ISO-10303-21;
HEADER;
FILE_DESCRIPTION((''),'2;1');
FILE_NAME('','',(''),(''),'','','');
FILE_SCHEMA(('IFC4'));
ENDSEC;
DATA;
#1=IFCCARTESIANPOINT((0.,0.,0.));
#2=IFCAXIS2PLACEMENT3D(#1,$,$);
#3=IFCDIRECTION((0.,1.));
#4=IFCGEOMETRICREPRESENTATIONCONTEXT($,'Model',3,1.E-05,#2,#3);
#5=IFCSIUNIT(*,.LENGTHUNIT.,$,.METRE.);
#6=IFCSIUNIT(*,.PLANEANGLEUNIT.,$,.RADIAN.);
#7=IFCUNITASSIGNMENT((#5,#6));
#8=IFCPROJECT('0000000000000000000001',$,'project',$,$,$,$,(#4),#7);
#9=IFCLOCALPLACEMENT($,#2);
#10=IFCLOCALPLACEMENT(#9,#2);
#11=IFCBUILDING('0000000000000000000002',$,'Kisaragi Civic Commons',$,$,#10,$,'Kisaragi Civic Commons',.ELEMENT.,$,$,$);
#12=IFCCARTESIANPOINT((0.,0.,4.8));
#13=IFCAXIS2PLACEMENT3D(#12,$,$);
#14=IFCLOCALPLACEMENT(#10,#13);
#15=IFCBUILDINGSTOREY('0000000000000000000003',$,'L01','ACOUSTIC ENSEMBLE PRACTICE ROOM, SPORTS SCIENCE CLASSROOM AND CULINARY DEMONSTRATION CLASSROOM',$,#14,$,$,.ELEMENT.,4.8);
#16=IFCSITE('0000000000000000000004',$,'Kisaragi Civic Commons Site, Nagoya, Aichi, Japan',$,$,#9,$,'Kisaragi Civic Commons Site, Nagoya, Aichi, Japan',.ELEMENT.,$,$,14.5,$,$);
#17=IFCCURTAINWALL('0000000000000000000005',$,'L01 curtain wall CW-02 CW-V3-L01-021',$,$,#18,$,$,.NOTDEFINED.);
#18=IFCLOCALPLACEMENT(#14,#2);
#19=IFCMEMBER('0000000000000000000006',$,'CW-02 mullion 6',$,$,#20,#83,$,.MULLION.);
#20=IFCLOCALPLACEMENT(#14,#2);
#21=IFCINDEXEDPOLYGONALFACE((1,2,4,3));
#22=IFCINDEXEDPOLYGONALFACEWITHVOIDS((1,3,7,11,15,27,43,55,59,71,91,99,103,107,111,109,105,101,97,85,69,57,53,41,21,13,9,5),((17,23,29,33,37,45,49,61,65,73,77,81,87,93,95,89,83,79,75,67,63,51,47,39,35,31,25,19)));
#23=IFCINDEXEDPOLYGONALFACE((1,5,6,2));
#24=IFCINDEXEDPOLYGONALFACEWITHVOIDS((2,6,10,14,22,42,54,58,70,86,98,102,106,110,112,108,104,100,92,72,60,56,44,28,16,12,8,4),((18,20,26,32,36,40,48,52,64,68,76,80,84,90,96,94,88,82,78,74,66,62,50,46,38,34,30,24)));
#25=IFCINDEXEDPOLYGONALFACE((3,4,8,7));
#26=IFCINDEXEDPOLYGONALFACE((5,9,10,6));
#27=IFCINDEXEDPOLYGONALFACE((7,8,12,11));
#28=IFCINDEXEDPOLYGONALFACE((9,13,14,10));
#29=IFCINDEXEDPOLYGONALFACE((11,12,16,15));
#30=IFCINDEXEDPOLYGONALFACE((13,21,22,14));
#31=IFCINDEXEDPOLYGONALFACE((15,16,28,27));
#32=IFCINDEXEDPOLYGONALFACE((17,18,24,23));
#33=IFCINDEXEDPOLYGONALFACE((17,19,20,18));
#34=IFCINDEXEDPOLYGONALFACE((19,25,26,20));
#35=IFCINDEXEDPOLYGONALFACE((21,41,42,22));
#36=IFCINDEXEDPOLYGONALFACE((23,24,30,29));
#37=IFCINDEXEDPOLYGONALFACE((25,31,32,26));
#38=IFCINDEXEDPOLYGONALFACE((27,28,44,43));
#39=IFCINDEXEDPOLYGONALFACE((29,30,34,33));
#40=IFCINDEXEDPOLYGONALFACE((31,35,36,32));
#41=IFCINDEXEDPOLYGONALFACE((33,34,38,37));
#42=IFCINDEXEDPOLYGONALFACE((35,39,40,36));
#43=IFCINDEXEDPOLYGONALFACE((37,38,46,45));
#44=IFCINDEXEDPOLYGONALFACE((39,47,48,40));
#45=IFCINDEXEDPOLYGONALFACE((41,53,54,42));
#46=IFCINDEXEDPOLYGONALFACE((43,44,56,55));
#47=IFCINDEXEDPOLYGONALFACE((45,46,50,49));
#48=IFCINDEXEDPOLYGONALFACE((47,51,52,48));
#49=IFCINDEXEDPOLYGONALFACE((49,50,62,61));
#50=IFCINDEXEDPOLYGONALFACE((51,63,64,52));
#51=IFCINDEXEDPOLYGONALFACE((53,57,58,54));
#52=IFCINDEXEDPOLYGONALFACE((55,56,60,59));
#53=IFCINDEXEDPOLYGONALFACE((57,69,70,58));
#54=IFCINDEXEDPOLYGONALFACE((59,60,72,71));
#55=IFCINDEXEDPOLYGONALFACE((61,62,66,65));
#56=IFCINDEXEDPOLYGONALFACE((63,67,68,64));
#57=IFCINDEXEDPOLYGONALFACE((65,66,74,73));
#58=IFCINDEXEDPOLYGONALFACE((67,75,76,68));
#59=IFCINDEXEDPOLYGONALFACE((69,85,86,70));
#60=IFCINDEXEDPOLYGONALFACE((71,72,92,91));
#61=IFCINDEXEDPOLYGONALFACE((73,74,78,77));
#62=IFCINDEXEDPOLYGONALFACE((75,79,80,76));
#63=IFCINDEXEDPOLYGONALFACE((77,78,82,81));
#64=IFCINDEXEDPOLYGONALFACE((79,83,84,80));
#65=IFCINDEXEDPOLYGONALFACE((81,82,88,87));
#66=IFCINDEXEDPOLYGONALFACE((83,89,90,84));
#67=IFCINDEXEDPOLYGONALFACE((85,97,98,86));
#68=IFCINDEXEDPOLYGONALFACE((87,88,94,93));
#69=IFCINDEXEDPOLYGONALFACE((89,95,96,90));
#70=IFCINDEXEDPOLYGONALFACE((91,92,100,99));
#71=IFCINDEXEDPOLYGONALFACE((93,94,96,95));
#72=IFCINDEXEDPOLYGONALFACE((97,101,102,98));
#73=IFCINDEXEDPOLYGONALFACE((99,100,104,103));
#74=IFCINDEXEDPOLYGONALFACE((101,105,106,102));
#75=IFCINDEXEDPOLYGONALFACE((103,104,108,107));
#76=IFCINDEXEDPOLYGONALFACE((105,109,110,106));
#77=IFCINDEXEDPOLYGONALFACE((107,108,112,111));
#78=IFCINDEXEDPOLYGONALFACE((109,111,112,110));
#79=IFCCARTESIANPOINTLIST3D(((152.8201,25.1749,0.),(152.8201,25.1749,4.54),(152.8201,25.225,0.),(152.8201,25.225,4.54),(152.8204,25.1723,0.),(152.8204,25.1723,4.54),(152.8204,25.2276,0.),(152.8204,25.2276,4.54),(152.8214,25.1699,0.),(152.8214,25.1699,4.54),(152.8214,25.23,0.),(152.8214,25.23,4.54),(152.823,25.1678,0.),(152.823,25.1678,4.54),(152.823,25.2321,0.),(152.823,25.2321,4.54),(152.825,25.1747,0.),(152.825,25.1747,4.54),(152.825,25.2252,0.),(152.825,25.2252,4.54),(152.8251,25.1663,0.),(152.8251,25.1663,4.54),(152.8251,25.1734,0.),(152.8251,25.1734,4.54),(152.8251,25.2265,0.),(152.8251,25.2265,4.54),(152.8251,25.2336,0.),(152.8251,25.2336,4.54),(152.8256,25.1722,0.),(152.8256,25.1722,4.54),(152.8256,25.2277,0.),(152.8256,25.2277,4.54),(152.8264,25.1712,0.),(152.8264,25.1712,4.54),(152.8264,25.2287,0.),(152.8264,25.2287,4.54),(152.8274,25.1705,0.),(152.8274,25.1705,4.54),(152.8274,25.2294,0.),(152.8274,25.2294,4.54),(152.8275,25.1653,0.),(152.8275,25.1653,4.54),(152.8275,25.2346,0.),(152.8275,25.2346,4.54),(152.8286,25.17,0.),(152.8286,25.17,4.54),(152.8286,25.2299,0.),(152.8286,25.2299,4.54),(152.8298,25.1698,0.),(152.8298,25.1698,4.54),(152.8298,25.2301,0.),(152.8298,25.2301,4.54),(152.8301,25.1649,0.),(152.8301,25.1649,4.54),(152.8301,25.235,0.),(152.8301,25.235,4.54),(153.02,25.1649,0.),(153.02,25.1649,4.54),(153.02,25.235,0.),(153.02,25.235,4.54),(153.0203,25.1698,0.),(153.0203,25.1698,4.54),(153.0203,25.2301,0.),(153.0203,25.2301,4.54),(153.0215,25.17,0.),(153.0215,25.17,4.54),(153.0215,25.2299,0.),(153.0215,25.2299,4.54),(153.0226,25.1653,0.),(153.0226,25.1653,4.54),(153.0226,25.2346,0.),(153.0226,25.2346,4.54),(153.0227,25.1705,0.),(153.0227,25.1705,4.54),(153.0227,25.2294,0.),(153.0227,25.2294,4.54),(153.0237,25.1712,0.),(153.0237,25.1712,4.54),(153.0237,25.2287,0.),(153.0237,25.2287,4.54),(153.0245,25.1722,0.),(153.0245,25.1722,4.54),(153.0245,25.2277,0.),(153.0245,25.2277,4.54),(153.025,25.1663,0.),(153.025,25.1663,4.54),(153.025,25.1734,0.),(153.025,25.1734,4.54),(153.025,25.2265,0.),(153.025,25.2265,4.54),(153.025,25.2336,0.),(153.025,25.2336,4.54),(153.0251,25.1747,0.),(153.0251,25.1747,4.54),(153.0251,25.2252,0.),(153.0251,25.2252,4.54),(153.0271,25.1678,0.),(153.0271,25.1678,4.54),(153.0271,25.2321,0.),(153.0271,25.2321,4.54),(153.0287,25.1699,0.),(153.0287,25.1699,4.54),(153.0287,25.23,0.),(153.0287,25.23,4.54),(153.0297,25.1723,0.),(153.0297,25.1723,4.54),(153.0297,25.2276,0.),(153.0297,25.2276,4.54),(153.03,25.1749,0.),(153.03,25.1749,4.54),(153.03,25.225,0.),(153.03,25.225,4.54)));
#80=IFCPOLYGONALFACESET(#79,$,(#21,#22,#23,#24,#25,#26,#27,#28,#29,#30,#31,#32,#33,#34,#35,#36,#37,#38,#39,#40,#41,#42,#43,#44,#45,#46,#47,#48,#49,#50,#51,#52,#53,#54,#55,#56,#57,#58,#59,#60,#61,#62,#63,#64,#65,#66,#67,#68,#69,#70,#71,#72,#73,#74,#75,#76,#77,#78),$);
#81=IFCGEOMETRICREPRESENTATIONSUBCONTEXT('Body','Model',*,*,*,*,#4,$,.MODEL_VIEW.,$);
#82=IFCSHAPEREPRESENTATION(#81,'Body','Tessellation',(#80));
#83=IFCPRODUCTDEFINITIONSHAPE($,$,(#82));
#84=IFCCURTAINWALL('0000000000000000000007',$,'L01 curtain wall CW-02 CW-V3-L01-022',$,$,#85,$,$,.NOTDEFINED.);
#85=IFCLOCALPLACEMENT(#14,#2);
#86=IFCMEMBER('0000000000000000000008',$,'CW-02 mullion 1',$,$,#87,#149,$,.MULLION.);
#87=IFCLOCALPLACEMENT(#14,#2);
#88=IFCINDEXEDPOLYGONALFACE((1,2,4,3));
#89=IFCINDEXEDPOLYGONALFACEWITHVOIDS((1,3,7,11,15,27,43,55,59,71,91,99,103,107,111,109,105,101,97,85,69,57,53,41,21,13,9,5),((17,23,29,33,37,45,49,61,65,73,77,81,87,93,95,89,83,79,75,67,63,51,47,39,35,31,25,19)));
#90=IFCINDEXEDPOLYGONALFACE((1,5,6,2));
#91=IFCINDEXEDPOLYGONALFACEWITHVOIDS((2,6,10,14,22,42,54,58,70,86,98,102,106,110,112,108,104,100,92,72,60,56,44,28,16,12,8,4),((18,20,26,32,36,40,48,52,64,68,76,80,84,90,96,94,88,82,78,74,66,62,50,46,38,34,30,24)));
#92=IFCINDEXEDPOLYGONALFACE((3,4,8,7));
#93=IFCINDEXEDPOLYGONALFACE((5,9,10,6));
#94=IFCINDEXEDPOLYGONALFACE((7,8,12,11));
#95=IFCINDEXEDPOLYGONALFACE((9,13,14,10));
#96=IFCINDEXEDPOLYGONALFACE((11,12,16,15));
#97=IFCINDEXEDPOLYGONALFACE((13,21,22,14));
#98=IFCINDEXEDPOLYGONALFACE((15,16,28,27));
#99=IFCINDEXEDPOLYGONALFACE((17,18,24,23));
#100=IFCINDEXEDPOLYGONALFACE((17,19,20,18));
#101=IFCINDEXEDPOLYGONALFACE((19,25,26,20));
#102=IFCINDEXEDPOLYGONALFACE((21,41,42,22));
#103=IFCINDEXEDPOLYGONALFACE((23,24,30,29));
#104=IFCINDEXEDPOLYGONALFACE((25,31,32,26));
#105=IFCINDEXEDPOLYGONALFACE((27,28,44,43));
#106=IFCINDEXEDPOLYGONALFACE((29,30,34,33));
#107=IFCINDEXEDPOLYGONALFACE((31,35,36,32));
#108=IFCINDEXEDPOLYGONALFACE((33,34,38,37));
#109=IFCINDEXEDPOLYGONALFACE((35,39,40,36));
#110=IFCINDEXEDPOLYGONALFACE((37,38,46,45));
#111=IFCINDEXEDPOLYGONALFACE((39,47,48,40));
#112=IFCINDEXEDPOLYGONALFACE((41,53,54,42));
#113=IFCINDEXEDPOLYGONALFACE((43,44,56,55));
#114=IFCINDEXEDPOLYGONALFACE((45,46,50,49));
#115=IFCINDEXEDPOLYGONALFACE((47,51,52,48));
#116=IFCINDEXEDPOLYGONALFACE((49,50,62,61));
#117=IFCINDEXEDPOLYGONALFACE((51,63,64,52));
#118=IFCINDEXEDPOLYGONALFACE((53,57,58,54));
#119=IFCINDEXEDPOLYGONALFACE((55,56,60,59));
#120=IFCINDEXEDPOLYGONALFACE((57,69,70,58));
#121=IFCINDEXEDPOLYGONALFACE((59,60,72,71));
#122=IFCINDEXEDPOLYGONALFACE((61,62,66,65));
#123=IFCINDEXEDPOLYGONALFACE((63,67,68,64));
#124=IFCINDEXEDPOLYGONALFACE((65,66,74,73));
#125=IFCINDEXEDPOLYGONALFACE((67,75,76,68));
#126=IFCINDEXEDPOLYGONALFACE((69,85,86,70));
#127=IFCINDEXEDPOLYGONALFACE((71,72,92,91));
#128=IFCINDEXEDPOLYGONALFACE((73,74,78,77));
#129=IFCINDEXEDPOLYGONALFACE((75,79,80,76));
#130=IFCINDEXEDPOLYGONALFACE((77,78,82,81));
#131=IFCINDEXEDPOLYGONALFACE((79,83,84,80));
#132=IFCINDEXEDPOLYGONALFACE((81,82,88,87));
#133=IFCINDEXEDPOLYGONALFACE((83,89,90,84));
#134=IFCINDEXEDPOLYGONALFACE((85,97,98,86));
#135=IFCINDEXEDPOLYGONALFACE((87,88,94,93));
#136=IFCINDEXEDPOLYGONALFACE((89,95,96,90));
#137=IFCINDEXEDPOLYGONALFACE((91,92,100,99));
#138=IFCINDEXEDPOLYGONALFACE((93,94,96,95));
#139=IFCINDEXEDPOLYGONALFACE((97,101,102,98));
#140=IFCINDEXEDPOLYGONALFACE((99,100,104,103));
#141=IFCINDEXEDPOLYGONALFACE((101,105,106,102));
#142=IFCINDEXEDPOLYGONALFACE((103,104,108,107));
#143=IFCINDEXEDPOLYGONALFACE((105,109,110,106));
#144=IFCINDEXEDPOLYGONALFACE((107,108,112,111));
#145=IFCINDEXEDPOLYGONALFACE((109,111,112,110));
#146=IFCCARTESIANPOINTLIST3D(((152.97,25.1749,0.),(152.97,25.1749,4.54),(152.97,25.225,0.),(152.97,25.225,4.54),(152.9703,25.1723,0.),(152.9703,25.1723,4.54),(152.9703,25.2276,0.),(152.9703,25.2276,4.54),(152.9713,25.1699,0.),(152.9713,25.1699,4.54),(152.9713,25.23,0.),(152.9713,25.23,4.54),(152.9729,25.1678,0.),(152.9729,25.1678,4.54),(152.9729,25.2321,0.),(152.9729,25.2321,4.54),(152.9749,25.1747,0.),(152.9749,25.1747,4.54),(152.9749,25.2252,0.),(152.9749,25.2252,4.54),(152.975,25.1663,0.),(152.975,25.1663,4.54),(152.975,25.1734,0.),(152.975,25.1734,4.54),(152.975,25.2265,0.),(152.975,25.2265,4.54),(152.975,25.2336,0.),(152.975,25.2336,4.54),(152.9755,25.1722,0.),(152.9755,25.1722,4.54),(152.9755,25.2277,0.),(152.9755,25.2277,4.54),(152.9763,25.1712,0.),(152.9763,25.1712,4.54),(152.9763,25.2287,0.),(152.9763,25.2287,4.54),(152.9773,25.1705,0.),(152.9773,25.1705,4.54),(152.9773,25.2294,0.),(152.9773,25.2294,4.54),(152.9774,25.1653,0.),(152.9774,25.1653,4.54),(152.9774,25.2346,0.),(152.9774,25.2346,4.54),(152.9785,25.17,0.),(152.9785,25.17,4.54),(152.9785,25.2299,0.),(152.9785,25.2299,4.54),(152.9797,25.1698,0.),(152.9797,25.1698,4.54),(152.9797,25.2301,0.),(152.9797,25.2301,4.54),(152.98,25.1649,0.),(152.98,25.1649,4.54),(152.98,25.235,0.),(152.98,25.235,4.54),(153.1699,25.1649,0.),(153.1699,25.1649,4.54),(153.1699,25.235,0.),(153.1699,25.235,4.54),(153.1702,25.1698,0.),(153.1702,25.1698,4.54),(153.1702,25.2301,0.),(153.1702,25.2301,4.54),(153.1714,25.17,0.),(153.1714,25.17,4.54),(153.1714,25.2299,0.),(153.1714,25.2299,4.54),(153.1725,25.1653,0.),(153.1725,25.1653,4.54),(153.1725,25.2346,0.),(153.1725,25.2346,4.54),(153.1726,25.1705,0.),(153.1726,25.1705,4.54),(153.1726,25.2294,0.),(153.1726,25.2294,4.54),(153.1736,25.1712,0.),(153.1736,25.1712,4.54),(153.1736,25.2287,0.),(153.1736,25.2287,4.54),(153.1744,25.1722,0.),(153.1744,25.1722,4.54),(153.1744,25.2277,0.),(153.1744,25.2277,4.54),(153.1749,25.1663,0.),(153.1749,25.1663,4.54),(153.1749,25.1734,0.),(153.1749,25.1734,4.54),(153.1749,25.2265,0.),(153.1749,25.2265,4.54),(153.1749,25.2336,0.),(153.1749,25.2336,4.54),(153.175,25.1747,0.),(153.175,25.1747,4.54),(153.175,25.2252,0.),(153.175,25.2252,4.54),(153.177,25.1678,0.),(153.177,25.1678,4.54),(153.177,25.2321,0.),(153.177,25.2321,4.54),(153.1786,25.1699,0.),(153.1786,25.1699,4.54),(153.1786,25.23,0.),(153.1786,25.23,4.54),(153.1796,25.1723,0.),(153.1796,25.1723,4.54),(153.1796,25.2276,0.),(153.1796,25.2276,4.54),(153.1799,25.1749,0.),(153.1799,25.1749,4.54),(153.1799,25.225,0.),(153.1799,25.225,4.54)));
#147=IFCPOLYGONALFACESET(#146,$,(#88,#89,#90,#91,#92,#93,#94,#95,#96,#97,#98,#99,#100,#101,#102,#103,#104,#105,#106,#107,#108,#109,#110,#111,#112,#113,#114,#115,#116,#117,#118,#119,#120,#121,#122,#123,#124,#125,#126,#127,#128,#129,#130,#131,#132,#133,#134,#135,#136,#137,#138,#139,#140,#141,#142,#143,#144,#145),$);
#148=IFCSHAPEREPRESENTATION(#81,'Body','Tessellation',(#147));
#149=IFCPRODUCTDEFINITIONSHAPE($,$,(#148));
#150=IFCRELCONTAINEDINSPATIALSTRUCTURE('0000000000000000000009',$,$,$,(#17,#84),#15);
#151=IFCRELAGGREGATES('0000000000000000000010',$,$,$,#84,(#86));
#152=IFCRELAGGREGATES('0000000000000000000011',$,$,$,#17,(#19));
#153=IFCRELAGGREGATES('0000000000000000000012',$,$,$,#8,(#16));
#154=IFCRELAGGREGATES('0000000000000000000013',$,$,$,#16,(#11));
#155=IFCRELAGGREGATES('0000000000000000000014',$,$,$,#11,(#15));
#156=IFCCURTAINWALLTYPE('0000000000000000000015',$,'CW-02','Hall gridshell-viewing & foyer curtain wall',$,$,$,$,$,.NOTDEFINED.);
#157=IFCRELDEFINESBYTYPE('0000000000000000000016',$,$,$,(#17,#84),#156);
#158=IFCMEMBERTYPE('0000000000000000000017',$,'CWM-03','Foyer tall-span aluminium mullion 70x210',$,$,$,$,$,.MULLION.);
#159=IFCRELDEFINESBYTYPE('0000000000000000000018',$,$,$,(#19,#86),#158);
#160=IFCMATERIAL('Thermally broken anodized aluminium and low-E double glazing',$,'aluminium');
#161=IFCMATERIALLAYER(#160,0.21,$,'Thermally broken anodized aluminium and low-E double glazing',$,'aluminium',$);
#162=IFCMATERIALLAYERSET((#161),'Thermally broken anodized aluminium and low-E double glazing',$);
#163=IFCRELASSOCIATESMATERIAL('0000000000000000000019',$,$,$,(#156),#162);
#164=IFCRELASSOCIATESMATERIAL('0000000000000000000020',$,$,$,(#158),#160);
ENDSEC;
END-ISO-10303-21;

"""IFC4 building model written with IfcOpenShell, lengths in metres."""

from ifc_helpers import new_model, si_unit, direction, frame, origin, origin_2d, place, context, subcontext, project, spatial, hollow_rectangle, extrude, material, layer, layer_set, material_profile, profile_set, type_object, element, aggregate, save


model = new_model("IFC4")

# Units and contexts
model_context = context("Model", 3, precision=1e-05, world=origin(), true_north=direction((0.0, 1.0)))
body_context = subcontext(model_context, "Body", "Model", "MODEL_VIEW")
ifc_project = project(units=[si_unit("LENGTHUNIT", "METRE"), si_unit("PLANEANGLEUNIT", "RADIAN")], contexts=[model_context])

# Site, building, storey
site_placement = place(None, origin())
site = spatial("IfcSite", under=ifc_project, at=site_placement, Name="Kisaragi Civic Commons Site, Nagoya, Aichi, Japan", LongName="Kisaragi Civic Commons Site, Nagoya, Aichi, Japan", CompositionType="ELEMENT", RefElevation=14.5)
building_placement = place(site_placement, origin())
building = spatial("IfcBuilding", under=site, at=building_placement, Name="Kisaragi Civic Commons", LongName="Kisaragi Civic Commons", CompositionType="ELEMENT")
storey_placement = place(building_placement, frame((0.0, 0.0, 4.8)))
storey = spatial("IfcBuildingStorey", under=building, at=storey_placement, Name="L01", Description="ACOUSTIC ENSEMBLE PRACTICE ROOM, SPORTS SCIENCE CLASSROOM AND CULINARY DEMONSTRATION CLASSROOM", CompositionType="ELEMENT", Elevation=4.8)

# Curtain wall, member
ifc_material_1 = material(Name="Thermally broken anodized aluminium and low-E double glazing", Category="aluminium")
ifc_layer_1 = layer(ifc_material_1, 0.21, Name="Thermally broken anodized aluminium and low-E double glazing", Category="aluminium")
ifc_layer_set_1 = layer_set([ifc_layer_1], Name="Thermally broken anodized aluminium and low-E double glazing")
curtain_wall_type = type_object("IfcCurtainWallType", Name="CW-02", Description="Hall gridshell-viewing & foyer curtain wall", PredefinedType="NOTDEFINED", material=ifc_layer_set_1)
curtain_wall_1_placement = place(storey_placement, origin())
curtain_wall_1 = element("IfcCurtainWall", 1, at=curtain_wall_1_placement, inside=storey, type_object=curtain_wall_type, Name="L01 curtain wall CW-02 CW-V3-L01-021", PredefinedType="NOTDEFINED")
ifc_material_profile_1 = material_profile(ifc_material_1, hollow_rectangle(XDim=0.0701, YDim=0.21, WallThickness=0.0049, InnerFilletRadius=0.0049, OuterFilletRadius=0.01, at=origin_2d()), Name="CWM-70x210x5", Category="aluminium")
ifc_profile_set_1 = profile_set([ifc_material_profile_1], Name="Thermally broken anodized aluminium and low-E double glazing")
member_type_1 = type_object("IfcMemberType", Name="CWM-03", Description="Foyer tall-span aluminium mullion 70x210", PredefinedType="MULLION", material=ifc_profile_set_1)
member_1_placement = place(storey_placement, frame((152.925, 25.2, 0.0), z_axis=(0.0, 0.0, 1.0), x_axis=(0.0, 1.0, 0.0)))
member_1 = element("IfcMember", 2, at=member_1_placement, type_object=member_type_1, Name="CW-02 mullion 6", PredefinedType="MULLION", context=body_context, shape_type="SweptSolid", body=[
    extrude(hollow_rectangle(XDim=0.0701, YDim=0.21, WallThickness=0.0049, InnerFilletRadius=0.0049, OuterFilletRadius=0.01, at=origin_2d()), origin(), (0.0, 0.0, 1.0), 4.54),
])

# Curtain wall, member
curtain_wall_2_placement = place(storey_placement, origin())
curtain_wall_2 = element("IfcCurtainWall", 3, at=curtain_wall_2_placement, inside=storey, type_object=curtain_wall_type, Name="L01 curtain wall CW-02 CW-V3-L01-022", PredefinedType="NOTDEFINED")
member_2_placement = place(storey_placement, frame((153.075, 25.2, 0.0), z_axis=(0.0, 0.0, 1.0), x_axis=(0.0, 1.0, 0.0)))
member_2 = element("IfcMember", 4, at=member_2_placement, type_object=member_type_1, Name="CW-02 mullion 1", PredefinedType="MULLION", context=body_context, shape_type="SweptSolid", body=[
    extrude(hollow_rectangle(XDim=0.0701, YDim=0.21, WallThickness=0.0049, InnerFilletRadius=0.0049, OuterFilletRadius=0.01, at=origin_2d()), origin(), (0.0, 0.0, 1.0), 4.54),
])
aggregate(curtain_wall_2, [member_2])

aggregate(curtain_wall_1, [member_1])

save(model, "model.ifc")
